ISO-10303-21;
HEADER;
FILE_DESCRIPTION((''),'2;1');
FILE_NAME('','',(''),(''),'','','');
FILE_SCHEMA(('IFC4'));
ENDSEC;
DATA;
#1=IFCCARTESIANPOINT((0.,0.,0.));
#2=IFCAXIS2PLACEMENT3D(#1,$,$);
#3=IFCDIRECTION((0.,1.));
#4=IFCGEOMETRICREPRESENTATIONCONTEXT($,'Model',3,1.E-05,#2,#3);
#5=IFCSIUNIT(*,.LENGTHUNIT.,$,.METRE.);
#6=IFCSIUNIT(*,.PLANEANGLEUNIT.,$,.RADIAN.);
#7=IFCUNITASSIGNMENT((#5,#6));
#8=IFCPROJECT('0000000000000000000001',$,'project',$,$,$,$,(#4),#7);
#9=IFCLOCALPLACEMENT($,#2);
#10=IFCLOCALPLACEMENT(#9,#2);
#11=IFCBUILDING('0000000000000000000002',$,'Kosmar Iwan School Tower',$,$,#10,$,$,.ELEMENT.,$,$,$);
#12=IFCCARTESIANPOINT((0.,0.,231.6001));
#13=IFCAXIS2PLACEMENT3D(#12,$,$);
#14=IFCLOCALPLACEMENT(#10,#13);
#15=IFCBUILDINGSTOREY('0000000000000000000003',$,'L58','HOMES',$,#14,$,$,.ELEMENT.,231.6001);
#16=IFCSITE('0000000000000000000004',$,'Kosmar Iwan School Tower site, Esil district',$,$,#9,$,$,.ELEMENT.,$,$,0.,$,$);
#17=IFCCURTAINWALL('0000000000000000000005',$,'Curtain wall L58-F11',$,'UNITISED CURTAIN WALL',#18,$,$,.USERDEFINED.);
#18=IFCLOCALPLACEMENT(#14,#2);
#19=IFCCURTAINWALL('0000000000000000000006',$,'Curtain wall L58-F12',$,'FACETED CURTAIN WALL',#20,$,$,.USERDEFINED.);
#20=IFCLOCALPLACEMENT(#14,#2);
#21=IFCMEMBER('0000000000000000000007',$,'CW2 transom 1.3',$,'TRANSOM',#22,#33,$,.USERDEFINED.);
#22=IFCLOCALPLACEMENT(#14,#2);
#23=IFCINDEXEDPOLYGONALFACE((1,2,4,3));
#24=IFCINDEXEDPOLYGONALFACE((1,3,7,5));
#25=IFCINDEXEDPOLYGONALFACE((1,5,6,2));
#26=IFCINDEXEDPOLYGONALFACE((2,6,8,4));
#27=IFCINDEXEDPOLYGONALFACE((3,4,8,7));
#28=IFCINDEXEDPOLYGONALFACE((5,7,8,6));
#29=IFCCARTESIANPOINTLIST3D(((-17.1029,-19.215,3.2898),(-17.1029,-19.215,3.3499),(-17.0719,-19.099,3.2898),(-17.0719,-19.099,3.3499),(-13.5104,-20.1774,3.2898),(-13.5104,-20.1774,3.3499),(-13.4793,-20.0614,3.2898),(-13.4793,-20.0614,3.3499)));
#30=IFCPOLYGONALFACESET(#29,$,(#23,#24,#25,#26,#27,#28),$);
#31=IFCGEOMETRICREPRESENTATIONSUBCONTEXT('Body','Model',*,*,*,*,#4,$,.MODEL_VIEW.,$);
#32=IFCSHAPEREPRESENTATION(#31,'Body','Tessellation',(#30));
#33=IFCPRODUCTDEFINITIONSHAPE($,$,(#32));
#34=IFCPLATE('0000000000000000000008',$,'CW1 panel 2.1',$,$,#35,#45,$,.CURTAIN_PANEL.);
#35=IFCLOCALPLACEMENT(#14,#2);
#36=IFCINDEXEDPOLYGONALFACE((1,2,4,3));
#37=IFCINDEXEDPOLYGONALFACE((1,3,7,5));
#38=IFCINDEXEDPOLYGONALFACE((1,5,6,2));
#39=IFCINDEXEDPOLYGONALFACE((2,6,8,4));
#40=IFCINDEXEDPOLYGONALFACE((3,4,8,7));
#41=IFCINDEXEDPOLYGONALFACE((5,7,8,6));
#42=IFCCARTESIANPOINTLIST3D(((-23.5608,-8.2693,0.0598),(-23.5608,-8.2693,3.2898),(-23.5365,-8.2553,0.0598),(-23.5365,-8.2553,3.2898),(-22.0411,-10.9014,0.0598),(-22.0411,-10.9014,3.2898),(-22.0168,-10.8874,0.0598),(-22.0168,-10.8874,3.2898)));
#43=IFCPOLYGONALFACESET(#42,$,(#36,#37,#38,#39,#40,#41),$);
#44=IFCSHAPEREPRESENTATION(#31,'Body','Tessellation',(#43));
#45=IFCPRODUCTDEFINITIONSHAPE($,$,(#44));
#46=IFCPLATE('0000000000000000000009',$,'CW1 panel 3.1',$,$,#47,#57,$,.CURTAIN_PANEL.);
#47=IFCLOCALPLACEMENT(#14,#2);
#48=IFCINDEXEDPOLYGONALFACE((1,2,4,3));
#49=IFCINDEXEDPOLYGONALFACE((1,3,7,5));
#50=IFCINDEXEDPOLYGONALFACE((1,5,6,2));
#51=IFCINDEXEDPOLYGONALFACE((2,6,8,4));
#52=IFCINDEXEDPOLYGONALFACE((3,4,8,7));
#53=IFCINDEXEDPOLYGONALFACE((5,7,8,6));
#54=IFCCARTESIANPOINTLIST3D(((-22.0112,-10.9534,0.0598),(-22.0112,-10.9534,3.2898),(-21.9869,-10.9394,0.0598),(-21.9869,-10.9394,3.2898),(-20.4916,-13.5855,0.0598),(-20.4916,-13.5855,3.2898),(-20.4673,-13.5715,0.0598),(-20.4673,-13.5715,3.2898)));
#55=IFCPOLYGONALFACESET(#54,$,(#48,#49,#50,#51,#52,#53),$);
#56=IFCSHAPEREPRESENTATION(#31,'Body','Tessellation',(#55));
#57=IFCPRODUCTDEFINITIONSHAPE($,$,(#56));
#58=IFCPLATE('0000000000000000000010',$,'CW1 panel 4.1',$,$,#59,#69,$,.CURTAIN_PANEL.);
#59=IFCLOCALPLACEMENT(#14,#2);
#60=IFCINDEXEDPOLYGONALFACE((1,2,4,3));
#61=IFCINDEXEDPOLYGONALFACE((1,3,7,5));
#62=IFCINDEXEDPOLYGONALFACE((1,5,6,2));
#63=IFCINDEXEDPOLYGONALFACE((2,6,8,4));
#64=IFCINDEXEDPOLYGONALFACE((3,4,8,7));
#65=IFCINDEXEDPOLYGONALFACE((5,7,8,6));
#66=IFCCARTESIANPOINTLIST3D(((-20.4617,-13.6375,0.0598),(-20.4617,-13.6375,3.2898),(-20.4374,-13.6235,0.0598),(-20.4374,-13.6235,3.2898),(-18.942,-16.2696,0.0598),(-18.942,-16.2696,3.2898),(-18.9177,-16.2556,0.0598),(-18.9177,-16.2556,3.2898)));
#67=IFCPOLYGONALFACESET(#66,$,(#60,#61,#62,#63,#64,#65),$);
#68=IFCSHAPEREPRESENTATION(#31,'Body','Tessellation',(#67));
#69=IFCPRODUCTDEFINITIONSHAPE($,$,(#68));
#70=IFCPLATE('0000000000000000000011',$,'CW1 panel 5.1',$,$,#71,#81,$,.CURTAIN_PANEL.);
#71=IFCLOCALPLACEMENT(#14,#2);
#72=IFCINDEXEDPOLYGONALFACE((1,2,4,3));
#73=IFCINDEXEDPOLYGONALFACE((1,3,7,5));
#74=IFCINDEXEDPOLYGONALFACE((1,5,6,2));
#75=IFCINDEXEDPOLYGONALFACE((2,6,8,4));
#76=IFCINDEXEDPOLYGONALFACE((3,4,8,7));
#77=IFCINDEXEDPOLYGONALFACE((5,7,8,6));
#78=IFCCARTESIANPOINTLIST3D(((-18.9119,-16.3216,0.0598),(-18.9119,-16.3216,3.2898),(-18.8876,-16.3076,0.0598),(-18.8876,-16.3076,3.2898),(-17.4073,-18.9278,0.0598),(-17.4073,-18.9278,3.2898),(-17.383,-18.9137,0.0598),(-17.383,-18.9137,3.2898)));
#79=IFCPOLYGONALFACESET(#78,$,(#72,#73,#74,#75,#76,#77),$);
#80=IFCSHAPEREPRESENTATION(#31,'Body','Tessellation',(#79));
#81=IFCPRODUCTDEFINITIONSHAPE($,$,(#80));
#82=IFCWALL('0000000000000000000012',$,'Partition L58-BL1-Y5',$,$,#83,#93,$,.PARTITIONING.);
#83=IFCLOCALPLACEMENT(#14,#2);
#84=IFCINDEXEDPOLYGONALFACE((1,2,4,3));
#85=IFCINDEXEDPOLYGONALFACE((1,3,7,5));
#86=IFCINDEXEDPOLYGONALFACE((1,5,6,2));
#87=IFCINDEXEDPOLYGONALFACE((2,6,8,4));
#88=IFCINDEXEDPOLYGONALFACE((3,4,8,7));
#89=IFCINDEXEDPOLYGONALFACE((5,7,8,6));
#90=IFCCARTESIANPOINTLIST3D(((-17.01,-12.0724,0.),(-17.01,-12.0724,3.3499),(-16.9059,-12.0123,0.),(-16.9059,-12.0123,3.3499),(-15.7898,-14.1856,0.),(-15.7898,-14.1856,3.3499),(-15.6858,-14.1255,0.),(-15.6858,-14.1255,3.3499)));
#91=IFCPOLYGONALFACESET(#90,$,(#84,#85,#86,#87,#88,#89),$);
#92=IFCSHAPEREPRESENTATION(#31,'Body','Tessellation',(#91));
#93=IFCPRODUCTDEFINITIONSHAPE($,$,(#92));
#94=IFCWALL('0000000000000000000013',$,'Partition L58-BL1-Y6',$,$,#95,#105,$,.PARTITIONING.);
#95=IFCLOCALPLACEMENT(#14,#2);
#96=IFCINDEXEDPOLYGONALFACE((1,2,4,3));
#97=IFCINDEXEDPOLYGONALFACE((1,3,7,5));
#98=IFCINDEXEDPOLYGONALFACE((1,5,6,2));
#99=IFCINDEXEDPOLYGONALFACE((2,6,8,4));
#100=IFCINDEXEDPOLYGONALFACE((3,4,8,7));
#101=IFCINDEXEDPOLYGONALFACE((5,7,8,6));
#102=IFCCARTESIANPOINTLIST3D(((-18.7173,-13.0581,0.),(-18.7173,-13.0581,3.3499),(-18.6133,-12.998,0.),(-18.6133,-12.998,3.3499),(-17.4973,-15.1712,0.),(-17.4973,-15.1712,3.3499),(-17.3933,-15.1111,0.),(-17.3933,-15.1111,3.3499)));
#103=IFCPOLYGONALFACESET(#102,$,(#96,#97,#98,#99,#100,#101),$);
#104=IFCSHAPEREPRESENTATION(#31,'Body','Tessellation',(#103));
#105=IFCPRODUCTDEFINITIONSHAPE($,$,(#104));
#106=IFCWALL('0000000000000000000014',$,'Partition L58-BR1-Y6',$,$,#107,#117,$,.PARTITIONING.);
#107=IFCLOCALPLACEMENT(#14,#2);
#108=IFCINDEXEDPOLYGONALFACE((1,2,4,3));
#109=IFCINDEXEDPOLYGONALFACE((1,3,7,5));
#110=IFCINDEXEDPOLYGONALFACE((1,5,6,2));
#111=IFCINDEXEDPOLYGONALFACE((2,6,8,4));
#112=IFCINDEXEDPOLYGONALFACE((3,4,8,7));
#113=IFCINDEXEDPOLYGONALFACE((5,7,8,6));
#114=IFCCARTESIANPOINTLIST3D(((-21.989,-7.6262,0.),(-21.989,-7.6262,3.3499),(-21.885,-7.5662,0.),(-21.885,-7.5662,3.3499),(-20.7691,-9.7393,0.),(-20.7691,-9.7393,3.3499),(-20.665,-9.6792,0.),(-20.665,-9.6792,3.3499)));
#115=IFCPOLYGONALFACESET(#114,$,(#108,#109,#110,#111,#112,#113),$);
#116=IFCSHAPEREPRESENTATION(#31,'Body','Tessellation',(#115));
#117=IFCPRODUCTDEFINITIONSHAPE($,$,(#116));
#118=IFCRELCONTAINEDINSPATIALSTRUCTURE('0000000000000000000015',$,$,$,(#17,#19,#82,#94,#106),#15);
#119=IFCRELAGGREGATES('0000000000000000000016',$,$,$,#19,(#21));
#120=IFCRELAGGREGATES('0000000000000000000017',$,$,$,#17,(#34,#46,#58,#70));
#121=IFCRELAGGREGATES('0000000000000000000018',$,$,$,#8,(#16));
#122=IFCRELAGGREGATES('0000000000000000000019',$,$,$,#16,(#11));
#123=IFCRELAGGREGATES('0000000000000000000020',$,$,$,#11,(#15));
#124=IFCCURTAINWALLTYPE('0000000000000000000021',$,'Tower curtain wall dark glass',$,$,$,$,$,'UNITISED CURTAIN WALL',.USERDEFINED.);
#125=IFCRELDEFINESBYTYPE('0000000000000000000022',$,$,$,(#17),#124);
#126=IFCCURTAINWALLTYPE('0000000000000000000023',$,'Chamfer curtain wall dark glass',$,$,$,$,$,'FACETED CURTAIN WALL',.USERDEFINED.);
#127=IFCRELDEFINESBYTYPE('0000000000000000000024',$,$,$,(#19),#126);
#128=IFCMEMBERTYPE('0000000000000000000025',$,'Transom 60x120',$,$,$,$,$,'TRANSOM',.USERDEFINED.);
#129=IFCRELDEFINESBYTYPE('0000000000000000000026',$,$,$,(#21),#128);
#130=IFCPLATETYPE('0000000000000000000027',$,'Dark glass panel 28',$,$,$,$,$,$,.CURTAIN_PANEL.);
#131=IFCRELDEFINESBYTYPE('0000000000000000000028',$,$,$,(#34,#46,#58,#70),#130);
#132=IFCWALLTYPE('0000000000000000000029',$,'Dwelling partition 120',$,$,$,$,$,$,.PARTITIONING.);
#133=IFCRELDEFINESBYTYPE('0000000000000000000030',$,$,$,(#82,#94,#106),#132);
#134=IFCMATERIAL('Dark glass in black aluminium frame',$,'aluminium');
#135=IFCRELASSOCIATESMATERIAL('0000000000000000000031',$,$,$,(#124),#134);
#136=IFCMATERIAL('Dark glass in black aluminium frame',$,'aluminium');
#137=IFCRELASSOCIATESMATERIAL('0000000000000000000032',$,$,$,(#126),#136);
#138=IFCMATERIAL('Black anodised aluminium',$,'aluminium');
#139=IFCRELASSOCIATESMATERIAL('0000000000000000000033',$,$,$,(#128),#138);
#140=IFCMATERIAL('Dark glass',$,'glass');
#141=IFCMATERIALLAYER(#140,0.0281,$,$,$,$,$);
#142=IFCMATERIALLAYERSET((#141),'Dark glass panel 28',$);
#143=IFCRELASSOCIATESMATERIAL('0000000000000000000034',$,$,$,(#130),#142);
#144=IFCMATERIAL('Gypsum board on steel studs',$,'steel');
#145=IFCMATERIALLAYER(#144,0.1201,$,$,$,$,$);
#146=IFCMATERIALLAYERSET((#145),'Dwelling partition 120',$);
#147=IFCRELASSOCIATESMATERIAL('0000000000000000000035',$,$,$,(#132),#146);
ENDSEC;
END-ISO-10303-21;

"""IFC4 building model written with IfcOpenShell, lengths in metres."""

from ifc_helpers import new_model, si_unit, direction, frame, frame_2d, origin, origin_2d, place, context, subcontext, project, spatial, rectangle, extrude, material, layer, layer_set, material_profile, profile_set, type_object, element, aggregate, save


model = new_model("IFC4")

# Units and contexts
model_context = context("Model", 3, precision=1e-05, world=origin(), true_north=direction((0.0, 1.0)))
body_context = subcontext(model_context, "Body", "Model", "MODEL_VIEW")
ifc_project = project(units=[si_unit("LENGTHUNIT", "METRE"), si_unit("PLANEANGLEUNIT", "RADIAN")], contexts=[model_context])

# Site, building, storey
site_placement = place(None, origin())
site = spatial("IfcSite", under=ifc_project, at=site_placement, Name="Kosmar Iwan School Tower site, Esil district", CompositionType="ELEMENT", RefElevation=0.0)
building_placement = place(site_placement, origin())
building = spatial("IfcBuilding", under=site, at=building_placement, Name="Kosmar Iwan School Tower", CompositionType="ELEMENT")
storey_placement = place(building_placement, frame((0.0, 0.0, 231.6001)))
storey = spatial("IfcBuildingStorey", under=building, at=storey_placement, Name="L58", Description="HOMES", CompositionType="ELEMENT", Elevation=231.6001)

# Curtain wall
ifc_material_1 = material(Name="Dark glass in black aluminium frame", Category="aluminium")
curtain_wall_type_1 = type_object("IfcCurtainWallType", Name="Tower curtain wall dark glass", ElementType="UNITISED CURTAIN WALL", PredefinedType="USERDEFINED", material=ifc_material_1)
curtain_wall_1_placement = place(storey_placement, origin())
curtain_wall_1 = element("IfcCurtainWall", 1, at=curtain_wall_1_placement, inside=storey, type_object=curtain_wall_type_1, Name="Curtain wall L58-F11", ObjectType="UNITISED CURTAIN WALL", PredefinedType="USERDEFINED")

# Curtain wall
ifc_material_2 = material(Name="Dark glass in black aluminium frame", Category="aluminium")
curtain_wall_type_2 = type_object("IfcCurtainWallType", Name="Chamfer curtain wall dark glass", ElementType="FACETED CURTAIN WALL", PredefinedType="USERDEFINED", material=ifc_material_2)
curtain_wall_2_placement = place(storey_placement, origin())
curtain_wall_2 = element("IfcCurtainWall", 2, at=curtain_wall_2_placement, inside=storey, type_object=curtain_wall_type_2, Name="Curtain wall L58-F12", ObjectType="FACETED CURTAIN WALL", PredefinedType="USERDEFINED")

# Member
ifc_material_3 = material(Name="Black anodised aluminium", Category="aluminium")
ifc_material_profile_1 = material_profile(ifc_material_3, rectangle(XDim=0.1201, YDim=0.0601, at=origin_2d()), Name="TRANSOM 60x120")
ifc_profile_set_1 = profile_set([ifc_material_profile_1], Name="Black anodised aluminium")
member_type_1 = type_object("IfcMemberType", Name="Transom 60x120", ElementType="TRANSOM", PredefinedType="USERDEFINED", material=ifc_profile_set_1)
member_1_placement = place(storey_placement, frame((-17.0874, -19.157, 3.3198), z_axis=(0.96594, -0.258766, 0.0), x_axis=(0.258766, 0.96594, 0.0)))
member_1 = element("IfcMember", 3, at=member_1_placement, type_object=member_type_1, Name="CW2 transom 1.3", ObjectType="TRANSOM", PredefinedType="USERDEFINED", context=body_context, shape_type="SweptSolid", body=[
    extrude(rectangle(XDim=0.1201, YDim=0.0601, at=origin_2d()), origin(), (0.0, 0.0, 1.0), 3.7192),
])
aggregate(curtain_wall_2, [member_1])

# Plates
ifc_material_4 = material(Name="Dark glass", Category="glass")
ifc_layer_1 = layer(ifc_material_4, 0.0281)
ifc_layer_set_1 = layer_set([ifc_layer_1], Name="Dark glass panel 28")
plate_type = type_object("IfcPlateType", Name="Dark glass panel 28", PredefinedType="CURTAIN_PANEL", material=ifc_layer_set_1)
plate_1_placement = place(storey_placement, frame((-22.7888, -9.5784, 0.0598), z_axis=(0.0, 0.0, 1.0), x_axis=(0.5, -0.866025, 0.0)))
plate_1 = element("IfcPlate", 4, at=plate_1_placement, type_object=plate_type, Name="CW1 panel 2.1", PredefinedType="CURTAIN_PANEL", context=body_context, shape_type="SweptSolid", body=[
    extrude(rectangle(XDim=3.0393, YDim=0.0281, at=origin_2d()), origin(), (0.0, 0.0, 1.0), 3.23),
])
plate_2_placement = place(storey_placement, frame((-21.2393, -12.2625, 0.0598), z_axis=(0.0, 0.0, 1.0), x_axis=(0.5, -0.866025, 0.0)))
plate_2 = element("IfcPlate", 5, at=plate_2_placement, type_object=plate_type, Name="CW1 panel 3.1", PredefinedType="CURTAIN_PANEL", context=body_context, shape_type="SweptSolid", body=[
    extrude(rectangle(XDim=3.0393, YDim=0.0281, at=origin_2d()), origin(), (0.0, 0.0, 1.0), 3.23),
])
plate_3_placement = place(storey_placement, frame((-19.6897, -14.9465, 0.0598), z_axis=(0.0, 0.0, 1.0), x_axis=(0.5, -0.866025, 0.0)))
plate_3 = element("IfcPlate", 6, at=plate_3_placement, type_object=plate_type, Name="CW1 panel 4.1", PredefinedType="CURTAIN_PANEL", context=body_context, shape_type="SweptSolid", body=[
    extrude(rectangle(XDim=3.0393, YDim=0.0281, at=origin_2d()), origin(), (0.0, 0.0, 1.0), 3.23),
])
plate_4_placement = place(storey_placement, frame((-18.1475, -17.6177, 0.0598), z_axis=(0.0, 0.0, 1.0), x_axis=(0.5, -0.866025, 0.0)))
plate_4 = element("IfcPlate", 7, at=plate_4_placement, type_object=plate_type, Name="CW1 panel 5.1", PredefinedType="CURTAIN_PANEL", context=body_context, shape_type="SweptSolid", body=[
    extrude(rectangle(XDim=3.0093, YDim=0.0281, at=origin_2d()), origin(), (0.0, 0.0, 1.0), 3.23),
])
aggregate(curtain_wall_1, [plate_1, plate_2, plate_3, plate_4])

# Walls
ifc_material_5 = material(Name="Gypsum board on steel studs", Category="steel")
ifc_layer_2 = layer(ifc_material_5, 0.1201)
ifc_layer_set_2 = layer_set([ifc_layer_2], Name="Dwelling partition 120")
wall_type = type_object("IfcWallType", Name="Dwelling partition 120", PredefinedType="PARTITIONING", material=ifc_layer_set_2)
wall_placement = place(storey_placement, frame((-16.958, -12.0422, 0.0), z_axis=(0.0, 0.0, 1.0), x_axis=(0.500034, -0.866006, 0.0)))
element("IfcWall", 8, at=wall_placement, inside=storey, type_object=wall_type, Name="Partition L58-BL1-Y5", PredefinedType="PARTITIONING", context=body_context, shape_type="SweptSolid", body=[
    extrude(rectangle(XDim=2.4402, YDim=0.1201, at=frame_2d((1.2202, 0.0))), origin(), (0.0, 0.0, 1.0), 3.3499),
])
for number, where, z_axis, x_axis, name in (
    (9, (-18.6653, -13.0281, 0.0), (0.0, 0.0, 1.0), (0.500003, -0.866024, 0.0), "Partition L58-BL1-Y6"),
    (10, (-20.717, -9.7092, 0.0), (0.0, 0.0, 1.0), (-0.500003, 0.866024, 0.0), "Partition L58-BR1-Y6"),
):
    element("IfcWall", number, at=place(storey_placement, frame(where, z_axis=z_axis, x_axis=x_axis)), inside=storey, type_object=wall_type, Name=name, PredefinedType="PARTITIONING", context=body_context, shape_type="SweptSolid", body=[
        extrude(rectangle(XDim=2.4399, YDim=0.1201, at=frame_2d((1.22, 0.0))), origin(), (0.0, 0.0, 1.0), 3.3499),
    ])

save(model, "model.ifc")
